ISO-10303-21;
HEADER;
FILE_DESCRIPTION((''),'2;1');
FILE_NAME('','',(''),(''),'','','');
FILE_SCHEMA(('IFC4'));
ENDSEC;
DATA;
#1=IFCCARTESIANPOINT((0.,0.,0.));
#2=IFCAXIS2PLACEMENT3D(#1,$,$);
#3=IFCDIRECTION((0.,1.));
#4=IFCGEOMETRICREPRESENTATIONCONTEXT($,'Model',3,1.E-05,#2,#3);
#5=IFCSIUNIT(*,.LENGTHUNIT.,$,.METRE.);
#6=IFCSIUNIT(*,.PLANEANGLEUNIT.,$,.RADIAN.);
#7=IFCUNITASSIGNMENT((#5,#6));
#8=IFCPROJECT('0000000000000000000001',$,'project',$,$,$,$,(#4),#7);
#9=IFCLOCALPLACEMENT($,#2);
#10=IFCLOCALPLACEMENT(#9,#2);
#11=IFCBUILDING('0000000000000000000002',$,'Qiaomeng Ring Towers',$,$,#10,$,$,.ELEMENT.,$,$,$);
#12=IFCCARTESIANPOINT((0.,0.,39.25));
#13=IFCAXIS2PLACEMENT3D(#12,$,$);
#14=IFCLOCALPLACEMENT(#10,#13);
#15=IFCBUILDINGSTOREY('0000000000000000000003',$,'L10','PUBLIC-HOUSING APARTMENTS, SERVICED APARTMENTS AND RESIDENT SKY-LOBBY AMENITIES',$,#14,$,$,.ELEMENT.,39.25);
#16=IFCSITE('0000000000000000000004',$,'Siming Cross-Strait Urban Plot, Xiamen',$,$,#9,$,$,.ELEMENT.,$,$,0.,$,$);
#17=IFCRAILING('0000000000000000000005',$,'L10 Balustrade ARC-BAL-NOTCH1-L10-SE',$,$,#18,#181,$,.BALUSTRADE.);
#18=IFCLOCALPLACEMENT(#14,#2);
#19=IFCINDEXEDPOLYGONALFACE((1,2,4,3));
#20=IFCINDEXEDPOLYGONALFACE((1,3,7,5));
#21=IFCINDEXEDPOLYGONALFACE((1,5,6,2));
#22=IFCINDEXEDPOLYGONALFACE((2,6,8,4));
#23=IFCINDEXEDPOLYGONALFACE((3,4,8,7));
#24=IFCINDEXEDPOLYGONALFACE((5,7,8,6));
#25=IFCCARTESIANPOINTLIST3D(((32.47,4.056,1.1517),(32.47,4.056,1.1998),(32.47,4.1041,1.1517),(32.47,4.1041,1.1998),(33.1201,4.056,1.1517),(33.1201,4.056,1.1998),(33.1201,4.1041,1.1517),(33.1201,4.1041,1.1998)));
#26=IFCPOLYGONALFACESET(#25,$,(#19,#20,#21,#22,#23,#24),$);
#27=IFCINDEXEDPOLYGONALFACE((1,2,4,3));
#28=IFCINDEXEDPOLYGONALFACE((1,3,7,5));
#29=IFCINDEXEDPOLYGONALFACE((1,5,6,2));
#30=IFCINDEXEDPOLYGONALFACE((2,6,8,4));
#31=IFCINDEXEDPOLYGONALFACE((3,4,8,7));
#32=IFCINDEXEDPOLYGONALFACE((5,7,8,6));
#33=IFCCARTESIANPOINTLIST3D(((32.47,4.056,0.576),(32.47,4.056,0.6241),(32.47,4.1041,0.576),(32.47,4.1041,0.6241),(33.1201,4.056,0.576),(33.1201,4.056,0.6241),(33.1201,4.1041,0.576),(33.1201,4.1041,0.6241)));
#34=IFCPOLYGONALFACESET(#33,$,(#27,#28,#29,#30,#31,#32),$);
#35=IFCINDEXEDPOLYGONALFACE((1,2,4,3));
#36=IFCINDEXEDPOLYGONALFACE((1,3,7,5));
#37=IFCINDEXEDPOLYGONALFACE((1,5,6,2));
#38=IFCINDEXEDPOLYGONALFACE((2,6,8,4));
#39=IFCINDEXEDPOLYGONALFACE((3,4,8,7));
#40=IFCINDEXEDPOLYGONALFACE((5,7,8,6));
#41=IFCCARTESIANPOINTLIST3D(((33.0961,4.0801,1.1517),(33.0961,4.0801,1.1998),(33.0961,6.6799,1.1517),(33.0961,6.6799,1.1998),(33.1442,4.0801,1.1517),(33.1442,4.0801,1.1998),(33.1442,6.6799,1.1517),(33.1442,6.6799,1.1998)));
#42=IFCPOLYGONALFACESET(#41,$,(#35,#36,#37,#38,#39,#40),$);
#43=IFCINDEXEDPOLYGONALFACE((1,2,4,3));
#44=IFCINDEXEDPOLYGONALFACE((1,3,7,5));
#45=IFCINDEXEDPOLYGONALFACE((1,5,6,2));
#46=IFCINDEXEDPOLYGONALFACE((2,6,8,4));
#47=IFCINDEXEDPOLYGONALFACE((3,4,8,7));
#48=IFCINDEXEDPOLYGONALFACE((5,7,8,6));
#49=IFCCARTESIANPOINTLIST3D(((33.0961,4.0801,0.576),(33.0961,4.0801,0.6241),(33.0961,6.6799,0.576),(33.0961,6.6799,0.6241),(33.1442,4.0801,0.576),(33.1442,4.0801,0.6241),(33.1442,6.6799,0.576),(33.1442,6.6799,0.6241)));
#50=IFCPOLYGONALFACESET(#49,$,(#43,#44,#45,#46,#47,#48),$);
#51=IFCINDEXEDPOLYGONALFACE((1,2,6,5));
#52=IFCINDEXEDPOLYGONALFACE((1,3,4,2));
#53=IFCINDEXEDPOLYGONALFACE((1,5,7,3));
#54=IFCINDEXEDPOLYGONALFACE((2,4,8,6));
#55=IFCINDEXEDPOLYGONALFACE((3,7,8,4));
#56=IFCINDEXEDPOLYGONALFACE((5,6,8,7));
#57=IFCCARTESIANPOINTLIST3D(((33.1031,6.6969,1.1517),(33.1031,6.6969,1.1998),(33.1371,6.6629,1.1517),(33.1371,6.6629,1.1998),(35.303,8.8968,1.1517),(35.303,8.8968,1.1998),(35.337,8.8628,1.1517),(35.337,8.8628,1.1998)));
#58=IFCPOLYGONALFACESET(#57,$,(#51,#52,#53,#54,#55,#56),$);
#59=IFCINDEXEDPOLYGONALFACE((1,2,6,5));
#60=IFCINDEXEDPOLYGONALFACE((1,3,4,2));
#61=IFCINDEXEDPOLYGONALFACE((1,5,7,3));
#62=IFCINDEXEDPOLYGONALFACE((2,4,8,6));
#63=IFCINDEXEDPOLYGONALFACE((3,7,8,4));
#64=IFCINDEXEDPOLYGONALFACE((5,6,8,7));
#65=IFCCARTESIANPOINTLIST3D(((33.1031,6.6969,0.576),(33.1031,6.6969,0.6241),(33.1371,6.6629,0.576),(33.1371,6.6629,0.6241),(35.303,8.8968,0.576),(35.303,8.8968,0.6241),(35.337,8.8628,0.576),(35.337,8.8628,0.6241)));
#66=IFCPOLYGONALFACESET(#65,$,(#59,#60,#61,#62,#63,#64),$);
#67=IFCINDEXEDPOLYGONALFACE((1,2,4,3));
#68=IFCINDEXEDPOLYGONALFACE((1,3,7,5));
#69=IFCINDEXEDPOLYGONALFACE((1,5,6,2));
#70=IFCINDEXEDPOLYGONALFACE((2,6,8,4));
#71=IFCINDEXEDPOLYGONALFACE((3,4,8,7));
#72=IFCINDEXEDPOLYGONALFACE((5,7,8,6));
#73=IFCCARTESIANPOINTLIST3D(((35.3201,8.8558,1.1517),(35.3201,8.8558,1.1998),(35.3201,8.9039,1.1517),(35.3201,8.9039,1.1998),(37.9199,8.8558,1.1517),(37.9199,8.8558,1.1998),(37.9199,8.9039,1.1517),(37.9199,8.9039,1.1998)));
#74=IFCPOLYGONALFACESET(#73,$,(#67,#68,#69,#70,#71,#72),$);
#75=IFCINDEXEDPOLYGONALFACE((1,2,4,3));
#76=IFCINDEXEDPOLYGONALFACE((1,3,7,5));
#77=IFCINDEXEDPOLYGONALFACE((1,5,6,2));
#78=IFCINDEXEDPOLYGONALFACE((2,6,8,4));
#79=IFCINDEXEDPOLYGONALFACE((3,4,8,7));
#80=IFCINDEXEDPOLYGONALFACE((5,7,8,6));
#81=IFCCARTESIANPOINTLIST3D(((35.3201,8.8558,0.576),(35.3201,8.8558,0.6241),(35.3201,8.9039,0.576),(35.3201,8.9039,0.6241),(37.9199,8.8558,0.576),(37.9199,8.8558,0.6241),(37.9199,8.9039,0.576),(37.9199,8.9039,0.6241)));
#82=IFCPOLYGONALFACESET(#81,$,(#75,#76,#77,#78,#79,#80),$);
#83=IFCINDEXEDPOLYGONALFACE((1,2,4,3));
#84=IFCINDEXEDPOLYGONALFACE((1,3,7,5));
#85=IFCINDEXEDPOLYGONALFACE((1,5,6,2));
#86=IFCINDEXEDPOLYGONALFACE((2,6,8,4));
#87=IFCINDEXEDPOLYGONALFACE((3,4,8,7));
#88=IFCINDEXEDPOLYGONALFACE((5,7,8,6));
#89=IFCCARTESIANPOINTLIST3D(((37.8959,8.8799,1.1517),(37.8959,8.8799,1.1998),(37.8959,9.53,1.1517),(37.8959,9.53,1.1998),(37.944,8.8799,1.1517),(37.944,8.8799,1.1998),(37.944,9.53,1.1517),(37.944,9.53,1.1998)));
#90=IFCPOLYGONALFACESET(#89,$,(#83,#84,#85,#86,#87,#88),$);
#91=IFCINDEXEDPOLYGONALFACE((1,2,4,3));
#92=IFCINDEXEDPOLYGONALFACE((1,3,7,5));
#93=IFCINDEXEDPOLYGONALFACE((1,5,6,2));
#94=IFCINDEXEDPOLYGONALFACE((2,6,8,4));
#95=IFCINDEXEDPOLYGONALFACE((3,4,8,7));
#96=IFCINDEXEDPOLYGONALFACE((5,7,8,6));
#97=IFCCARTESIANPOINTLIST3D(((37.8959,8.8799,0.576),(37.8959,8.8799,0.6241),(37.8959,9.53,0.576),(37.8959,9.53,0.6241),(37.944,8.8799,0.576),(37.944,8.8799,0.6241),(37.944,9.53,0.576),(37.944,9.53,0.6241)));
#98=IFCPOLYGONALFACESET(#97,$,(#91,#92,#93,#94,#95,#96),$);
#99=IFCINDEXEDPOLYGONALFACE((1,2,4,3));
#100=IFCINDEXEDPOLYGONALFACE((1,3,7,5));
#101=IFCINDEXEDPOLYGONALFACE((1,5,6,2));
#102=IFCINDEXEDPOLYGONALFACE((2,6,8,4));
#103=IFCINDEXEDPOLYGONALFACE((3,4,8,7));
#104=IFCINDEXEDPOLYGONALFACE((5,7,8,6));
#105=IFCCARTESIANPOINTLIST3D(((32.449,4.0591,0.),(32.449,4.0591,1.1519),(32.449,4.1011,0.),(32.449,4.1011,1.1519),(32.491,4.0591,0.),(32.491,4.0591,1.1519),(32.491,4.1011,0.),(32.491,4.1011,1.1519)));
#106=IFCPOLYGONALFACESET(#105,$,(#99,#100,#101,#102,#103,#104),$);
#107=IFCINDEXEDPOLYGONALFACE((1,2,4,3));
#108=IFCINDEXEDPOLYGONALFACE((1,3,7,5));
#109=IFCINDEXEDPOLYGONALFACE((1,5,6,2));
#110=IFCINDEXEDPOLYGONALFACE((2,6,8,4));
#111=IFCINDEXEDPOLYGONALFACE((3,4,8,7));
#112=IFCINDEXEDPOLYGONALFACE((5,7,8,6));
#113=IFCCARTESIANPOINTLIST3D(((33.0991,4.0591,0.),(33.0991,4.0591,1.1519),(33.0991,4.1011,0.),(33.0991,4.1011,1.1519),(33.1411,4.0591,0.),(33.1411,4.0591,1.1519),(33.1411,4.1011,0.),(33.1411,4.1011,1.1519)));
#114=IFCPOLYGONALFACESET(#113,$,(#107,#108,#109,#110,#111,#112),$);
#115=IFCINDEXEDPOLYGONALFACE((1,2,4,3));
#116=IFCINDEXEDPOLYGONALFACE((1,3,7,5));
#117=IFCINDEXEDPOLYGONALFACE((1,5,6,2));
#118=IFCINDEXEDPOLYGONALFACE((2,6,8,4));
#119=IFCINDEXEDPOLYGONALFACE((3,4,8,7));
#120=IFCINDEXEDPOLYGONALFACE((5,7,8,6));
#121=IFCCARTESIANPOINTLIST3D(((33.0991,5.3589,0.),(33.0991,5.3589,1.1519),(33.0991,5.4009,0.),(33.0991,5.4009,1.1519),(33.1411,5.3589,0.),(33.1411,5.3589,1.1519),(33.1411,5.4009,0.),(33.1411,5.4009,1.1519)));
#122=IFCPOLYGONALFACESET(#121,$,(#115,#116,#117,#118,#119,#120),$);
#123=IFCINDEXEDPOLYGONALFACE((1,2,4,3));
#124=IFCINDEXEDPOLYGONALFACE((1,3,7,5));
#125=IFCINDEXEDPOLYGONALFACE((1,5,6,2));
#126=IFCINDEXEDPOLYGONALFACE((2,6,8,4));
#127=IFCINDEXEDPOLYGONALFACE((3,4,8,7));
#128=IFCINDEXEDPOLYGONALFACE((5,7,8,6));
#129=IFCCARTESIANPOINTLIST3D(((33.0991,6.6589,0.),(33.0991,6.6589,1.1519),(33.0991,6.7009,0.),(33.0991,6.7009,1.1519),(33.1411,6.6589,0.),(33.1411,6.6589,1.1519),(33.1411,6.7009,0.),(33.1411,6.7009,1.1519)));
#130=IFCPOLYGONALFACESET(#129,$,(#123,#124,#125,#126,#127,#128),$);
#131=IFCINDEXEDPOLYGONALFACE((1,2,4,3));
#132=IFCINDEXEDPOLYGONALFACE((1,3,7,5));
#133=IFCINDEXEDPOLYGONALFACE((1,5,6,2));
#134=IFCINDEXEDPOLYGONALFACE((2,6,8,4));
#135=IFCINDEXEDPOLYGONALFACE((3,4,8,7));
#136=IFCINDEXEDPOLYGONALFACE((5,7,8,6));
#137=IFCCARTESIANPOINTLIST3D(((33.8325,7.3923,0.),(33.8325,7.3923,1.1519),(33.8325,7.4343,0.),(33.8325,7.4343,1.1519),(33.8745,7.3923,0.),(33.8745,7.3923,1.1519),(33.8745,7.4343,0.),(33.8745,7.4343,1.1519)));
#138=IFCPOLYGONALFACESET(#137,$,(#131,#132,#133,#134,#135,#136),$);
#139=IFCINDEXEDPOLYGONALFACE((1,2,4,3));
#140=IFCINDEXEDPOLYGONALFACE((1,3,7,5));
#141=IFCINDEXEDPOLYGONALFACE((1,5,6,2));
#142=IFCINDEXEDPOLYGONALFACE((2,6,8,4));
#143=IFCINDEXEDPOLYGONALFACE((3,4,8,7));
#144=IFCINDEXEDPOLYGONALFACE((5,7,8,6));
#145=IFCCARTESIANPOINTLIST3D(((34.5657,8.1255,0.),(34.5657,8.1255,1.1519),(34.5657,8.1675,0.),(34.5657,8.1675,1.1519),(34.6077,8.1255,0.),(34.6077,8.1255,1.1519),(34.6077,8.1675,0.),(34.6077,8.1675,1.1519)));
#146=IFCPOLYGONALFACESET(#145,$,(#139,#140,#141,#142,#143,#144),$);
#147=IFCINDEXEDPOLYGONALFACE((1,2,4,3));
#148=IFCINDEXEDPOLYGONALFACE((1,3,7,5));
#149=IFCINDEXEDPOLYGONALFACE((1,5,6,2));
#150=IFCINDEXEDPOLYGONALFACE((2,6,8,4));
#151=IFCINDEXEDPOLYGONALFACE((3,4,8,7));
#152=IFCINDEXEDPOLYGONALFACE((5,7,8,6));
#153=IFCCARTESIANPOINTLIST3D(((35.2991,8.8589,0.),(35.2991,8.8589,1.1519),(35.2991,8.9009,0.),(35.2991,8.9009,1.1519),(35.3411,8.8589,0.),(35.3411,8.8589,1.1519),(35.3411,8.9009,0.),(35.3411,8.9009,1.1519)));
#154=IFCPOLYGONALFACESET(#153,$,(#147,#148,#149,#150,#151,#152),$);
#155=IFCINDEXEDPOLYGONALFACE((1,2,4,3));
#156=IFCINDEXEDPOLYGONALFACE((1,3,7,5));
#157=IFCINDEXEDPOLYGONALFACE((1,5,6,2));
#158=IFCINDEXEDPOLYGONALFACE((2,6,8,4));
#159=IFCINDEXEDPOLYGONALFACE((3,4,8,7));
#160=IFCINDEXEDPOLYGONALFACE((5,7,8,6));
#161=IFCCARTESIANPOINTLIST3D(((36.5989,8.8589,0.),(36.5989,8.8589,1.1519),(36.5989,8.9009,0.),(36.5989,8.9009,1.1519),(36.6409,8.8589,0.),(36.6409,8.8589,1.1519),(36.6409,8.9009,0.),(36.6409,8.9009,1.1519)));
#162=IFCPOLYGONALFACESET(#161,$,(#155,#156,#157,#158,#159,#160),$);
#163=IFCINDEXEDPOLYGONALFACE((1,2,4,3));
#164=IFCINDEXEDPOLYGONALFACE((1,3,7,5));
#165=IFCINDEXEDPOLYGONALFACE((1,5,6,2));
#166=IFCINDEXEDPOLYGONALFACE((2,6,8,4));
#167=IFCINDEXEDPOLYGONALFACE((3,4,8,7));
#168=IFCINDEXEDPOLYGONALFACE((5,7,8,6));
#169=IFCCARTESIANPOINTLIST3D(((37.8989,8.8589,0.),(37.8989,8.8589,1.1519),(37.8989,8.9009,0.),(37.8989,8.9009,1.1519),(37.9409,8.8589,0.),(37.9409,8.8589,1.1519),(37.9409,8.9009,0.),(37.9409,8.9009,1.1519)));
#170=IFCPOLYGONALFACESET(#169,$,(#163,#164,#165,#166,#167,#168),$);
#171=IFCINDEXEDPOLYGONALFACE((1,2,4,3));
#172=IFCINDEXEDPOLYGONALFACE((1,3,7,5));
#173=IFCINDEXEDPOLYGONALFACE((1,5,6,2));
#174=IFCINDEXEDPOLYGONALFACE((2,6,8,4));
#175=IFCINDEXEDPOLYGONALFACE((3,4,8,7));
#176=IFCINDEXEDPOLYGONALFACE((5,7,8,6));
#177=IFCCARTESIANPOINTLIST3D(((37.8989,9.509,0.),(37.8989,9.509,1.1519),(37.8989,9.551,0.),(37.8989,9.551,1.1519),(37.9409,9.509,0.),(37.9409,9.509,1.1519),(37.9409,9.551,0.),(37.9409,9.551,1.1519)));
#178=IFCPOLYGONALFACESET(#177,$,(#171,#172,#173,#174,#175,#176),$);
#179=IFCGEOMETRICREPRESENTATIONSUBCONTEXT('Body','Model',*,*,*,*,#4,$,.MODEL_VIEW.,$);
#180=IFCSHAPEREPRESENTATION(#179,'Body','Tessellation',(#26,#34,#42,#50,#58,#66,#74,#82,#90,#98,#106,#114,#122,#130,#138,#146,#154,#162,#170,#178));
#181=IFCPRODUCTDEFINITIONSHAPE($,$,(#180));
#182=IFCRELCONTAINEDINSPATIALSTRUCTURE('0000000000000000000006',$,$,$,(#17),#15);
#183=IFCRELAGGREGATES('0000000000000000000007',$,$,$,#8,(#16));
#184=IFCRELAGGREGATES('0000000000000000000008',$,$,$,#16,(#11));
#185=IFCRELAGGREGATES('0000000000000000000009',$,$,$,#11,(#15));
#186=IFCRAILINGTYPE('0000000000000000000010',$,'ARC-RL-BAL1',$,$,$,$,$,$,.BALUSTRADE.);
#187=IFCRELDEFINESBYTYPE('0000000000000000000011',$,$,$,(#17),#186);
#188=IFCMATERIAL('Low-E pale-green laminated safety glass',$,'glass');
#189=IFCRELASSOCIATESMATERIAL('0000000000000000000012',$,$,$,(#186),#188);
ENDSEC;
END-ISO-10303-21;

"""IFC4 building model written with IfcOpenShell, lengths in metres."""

from ifc_helpers import new_model, si_unit, direction, frame, origin, origin_2d, place, context, subcontext, project, spatial, rectangle, extrude, material, type_object, element, save


model = new_model("IFC4")

# Units and contexts
model_context = context("Model", 3, precision=1e-05, world=origin(), true_north=direction((0.0, 1.0)))
body_context = subcontext(model_context, "Body", "Model", "MODEL_VIEW")
ifc_project = project(units=[si_unit("LENGTHUNIT", "METRE"), si_unit("PLANEANGLEUNIT", "RADIAN")], contexts=[model_context])

# Site, building, storey
site_placement = place(None, origin())
site = spatial("IfcSite", under=ifc_project, at=site_placement, Name="Siming Cross-Strait Urban Plot, Xiamen", CompositionType="ELEMENT", RefElevation=0.0)
building_placement = place(site_placement, origin())
building = spatial("IfcBuilding", under=site, at=building_placement, Name="Qiaomeng Ring Towers", CompositionType="ELEMENT")
storey_placement = place(building_placement, frame((0.0, 0.0, 39.25)))
storey = spatial("IfcBuildingStorey", under=building, at=storey_placement, Name="L10", Description="PUBLIC-HOUSING APARTMENTS, SERVICED APARTMENTS AND RESIDENT SKY-LOBBY AMENITIES", CompositionType="ELEMENT", Elevation=39.25)

# Railing
ifc_material_1 = material(Name="Low-E pale-green laminated safety glass", Category="glass")
railing_type = type_object("IfcRailingType", Name="ARC-RL-BAL1", PredefinedType="BALUSTRADE", material=ifc_material_1)
railing_placement = place(storey_placement, frame((32.47, 4.0801, 0.0)))
element("IfcRailing", 1, at=railing_placement, inside=storey, type_object=railing_type, Name="L10 Balustrade ARC-BAL-NOTCH1-L10-SE", PredefinedType="BALUSTRADE", context=body_context, shape_type="SweptSolid", body=[
    extrude(rectangle(XDim=0.0481, YDim=0.0481, at=origin_2d()), frame((0.0, 0.0, 1.1758), z_axis=(1.0, 0.0, 0.0), x_axis=(0.0, 1.0, 0.0)), (0.0, 0.0, 1.0), 0.6501),
    extrude(rectangle(XDim=0.0481, YDim=0.0481, at=origin_2d()), frame((0.0, 0.0, 0.6001), z_axis=(1.0, 0.0, 0.0), x_axis=(0.0, 1.0, 0.0)), (0.0, 0.0, 1.0), 0.6501),
    extrude(rectangle(XDim=0.0481, YDim=0.0481, at=origin_2d()), frame((0.6501, 0.0, 1.1758), z_axis=(0.0, 1.0, 0.0), x_axis=(-1.0, 0.0, 0.0)), (0.0, 0.0, 1.0), 2.5999),
    extrude(rectangle(XDim=0.0481, YDim=0.0481, at=origin_2d()), frame((0.6501, 0.0, 0.6001), z_axis=(0.0, 1.0, 0.0), x_axis=(-1.0, 0.0, 0.0)), (0.0, 0.0, 1.0), 2.5999),
    extrude(rectangle(XDim=0.0481, YDim=0.0481, at=origin_2d()), frame((0.6501, 2.5999, 1.1758), z_axis=(0.707107, 0.707107, 0.0), x_axis=(-0.707107, 0.707107, 0.0)), (0.0, 0.0, 1.0), 3.1111),
    extrude(rectangle(XDim=0.0481, YDim=0.0481, at=origin_2d()), frame((0.6501, 2.5999, 0.6001), z_axis=(0.707107, 0.707107, 0.0), x_axis=(-0.707107, 0.707107, 0.0)), (0.0, 0.0, 1.0), 3.1111),
    extrude(rectangle(XDim=0.0481, YDim=0.0481, at=origin_2d()), frame((2.8501, 4.7998, 1.1758), z_axis=(1.0, 0.0, 0.0), x_axis=(0.0, 1.0, 0.0)), (0.0, 0.0, 1.0), 2.5999),
    extrude(rectangle(XDim=0.0481, YDim=0.0481, at=origin_2d()), frame((2.8501, 4.7998, 0.6001), z_axis=(1.0, 0.0, 0.0), x_axis=(0.0, 1.0, 0.0)), (0.0, 0.0, 1.0), 2.5999),
    extrude(rectangle(XDim=0.0481, YDim=0.0481, at=origin_2d()), frame((5.45, 4.7998, 1.1758), z_axis=(0.0, 1.0, 0.0), x_axis=(-1.0, 0.0, 0.0)), (0.0, 0.0, 1.0), 0.6501),
    extrude(rectangle(XDim=0.0481, YDim=0.0481, at=origin_2d()), frame((5.45, 4.7998, 0.6001), z_axis=(0.0, 1.0, 0.0), x_axis=(-1.0, 0.0, 0.0)), (0.0, 0.0, 1.0), 0.6501),
    extrude(rectangle(XDim=0.042, YDim=0.042, at=origin_2d()), origin(), (0.0, 0.0, 1.0), 1.1519),
    extrude(rectangle(XDim=0.042, YDim=0.042, at=origin_2d()), frame((0.6501, 0.0, 0.0)), (0.0, 0.0, 1.0), 1.1519),
    extrude(rectangle(XDim=0.042, YDim=0.042, at=origin_2d()), frame((0.6501, 1.2998, 0.0)), (0.0, 0.0, 1.0), 1.1519),
    extrude(rectangle(XDim=0.042, YDim=0.042, at=origin_2d()), frame((0.6501, 2.5999, 0.0)), (0.0, 0.0, 1.0), 1.1519),
    extrude(rectangle(XDim=0.042, YDim=0.042, at=origin_2d()), frame((1.3835, 3.3333, 0.0)), (0.0, 0.0, 1.0), 1.1519),
    extrude(rectangle(XDim=0.042, YDim=0.042, at=origin_2d()), frame((2.1167, 4.0664, 0.0)), (0.0, 0.0, 1.0), 1.1519),
    extrude(rectangle(XDim=0.042, YDim=0.042, at=origin_2d()), frame((2.8501, 4.7998, 0.0)), (0.0, 0.0, 1.0), 1.1519),
    extrude(rectangle(XDim=0.042, YDim=0.042, at=origin_2d()), frame((4.1499, 4.7998, 0.0)), (0.0, 0.0, 1.0), 1.1519),
    extrude(rectangle(XDim=0.042, YDim=0.042, at=origin_2d()), frame((5.45, 4.7998, 0.0)), (0.0, 0.0, 1.0), 1.1519),
    extrude(rectangle(XDim=0.042, YDim=0.042, at=origin_2d()), frame((5.45, 5.45, 0.0)), (0.0, 0.0, 1.0), 1.1519),
])

save(model, "model.ifc")
